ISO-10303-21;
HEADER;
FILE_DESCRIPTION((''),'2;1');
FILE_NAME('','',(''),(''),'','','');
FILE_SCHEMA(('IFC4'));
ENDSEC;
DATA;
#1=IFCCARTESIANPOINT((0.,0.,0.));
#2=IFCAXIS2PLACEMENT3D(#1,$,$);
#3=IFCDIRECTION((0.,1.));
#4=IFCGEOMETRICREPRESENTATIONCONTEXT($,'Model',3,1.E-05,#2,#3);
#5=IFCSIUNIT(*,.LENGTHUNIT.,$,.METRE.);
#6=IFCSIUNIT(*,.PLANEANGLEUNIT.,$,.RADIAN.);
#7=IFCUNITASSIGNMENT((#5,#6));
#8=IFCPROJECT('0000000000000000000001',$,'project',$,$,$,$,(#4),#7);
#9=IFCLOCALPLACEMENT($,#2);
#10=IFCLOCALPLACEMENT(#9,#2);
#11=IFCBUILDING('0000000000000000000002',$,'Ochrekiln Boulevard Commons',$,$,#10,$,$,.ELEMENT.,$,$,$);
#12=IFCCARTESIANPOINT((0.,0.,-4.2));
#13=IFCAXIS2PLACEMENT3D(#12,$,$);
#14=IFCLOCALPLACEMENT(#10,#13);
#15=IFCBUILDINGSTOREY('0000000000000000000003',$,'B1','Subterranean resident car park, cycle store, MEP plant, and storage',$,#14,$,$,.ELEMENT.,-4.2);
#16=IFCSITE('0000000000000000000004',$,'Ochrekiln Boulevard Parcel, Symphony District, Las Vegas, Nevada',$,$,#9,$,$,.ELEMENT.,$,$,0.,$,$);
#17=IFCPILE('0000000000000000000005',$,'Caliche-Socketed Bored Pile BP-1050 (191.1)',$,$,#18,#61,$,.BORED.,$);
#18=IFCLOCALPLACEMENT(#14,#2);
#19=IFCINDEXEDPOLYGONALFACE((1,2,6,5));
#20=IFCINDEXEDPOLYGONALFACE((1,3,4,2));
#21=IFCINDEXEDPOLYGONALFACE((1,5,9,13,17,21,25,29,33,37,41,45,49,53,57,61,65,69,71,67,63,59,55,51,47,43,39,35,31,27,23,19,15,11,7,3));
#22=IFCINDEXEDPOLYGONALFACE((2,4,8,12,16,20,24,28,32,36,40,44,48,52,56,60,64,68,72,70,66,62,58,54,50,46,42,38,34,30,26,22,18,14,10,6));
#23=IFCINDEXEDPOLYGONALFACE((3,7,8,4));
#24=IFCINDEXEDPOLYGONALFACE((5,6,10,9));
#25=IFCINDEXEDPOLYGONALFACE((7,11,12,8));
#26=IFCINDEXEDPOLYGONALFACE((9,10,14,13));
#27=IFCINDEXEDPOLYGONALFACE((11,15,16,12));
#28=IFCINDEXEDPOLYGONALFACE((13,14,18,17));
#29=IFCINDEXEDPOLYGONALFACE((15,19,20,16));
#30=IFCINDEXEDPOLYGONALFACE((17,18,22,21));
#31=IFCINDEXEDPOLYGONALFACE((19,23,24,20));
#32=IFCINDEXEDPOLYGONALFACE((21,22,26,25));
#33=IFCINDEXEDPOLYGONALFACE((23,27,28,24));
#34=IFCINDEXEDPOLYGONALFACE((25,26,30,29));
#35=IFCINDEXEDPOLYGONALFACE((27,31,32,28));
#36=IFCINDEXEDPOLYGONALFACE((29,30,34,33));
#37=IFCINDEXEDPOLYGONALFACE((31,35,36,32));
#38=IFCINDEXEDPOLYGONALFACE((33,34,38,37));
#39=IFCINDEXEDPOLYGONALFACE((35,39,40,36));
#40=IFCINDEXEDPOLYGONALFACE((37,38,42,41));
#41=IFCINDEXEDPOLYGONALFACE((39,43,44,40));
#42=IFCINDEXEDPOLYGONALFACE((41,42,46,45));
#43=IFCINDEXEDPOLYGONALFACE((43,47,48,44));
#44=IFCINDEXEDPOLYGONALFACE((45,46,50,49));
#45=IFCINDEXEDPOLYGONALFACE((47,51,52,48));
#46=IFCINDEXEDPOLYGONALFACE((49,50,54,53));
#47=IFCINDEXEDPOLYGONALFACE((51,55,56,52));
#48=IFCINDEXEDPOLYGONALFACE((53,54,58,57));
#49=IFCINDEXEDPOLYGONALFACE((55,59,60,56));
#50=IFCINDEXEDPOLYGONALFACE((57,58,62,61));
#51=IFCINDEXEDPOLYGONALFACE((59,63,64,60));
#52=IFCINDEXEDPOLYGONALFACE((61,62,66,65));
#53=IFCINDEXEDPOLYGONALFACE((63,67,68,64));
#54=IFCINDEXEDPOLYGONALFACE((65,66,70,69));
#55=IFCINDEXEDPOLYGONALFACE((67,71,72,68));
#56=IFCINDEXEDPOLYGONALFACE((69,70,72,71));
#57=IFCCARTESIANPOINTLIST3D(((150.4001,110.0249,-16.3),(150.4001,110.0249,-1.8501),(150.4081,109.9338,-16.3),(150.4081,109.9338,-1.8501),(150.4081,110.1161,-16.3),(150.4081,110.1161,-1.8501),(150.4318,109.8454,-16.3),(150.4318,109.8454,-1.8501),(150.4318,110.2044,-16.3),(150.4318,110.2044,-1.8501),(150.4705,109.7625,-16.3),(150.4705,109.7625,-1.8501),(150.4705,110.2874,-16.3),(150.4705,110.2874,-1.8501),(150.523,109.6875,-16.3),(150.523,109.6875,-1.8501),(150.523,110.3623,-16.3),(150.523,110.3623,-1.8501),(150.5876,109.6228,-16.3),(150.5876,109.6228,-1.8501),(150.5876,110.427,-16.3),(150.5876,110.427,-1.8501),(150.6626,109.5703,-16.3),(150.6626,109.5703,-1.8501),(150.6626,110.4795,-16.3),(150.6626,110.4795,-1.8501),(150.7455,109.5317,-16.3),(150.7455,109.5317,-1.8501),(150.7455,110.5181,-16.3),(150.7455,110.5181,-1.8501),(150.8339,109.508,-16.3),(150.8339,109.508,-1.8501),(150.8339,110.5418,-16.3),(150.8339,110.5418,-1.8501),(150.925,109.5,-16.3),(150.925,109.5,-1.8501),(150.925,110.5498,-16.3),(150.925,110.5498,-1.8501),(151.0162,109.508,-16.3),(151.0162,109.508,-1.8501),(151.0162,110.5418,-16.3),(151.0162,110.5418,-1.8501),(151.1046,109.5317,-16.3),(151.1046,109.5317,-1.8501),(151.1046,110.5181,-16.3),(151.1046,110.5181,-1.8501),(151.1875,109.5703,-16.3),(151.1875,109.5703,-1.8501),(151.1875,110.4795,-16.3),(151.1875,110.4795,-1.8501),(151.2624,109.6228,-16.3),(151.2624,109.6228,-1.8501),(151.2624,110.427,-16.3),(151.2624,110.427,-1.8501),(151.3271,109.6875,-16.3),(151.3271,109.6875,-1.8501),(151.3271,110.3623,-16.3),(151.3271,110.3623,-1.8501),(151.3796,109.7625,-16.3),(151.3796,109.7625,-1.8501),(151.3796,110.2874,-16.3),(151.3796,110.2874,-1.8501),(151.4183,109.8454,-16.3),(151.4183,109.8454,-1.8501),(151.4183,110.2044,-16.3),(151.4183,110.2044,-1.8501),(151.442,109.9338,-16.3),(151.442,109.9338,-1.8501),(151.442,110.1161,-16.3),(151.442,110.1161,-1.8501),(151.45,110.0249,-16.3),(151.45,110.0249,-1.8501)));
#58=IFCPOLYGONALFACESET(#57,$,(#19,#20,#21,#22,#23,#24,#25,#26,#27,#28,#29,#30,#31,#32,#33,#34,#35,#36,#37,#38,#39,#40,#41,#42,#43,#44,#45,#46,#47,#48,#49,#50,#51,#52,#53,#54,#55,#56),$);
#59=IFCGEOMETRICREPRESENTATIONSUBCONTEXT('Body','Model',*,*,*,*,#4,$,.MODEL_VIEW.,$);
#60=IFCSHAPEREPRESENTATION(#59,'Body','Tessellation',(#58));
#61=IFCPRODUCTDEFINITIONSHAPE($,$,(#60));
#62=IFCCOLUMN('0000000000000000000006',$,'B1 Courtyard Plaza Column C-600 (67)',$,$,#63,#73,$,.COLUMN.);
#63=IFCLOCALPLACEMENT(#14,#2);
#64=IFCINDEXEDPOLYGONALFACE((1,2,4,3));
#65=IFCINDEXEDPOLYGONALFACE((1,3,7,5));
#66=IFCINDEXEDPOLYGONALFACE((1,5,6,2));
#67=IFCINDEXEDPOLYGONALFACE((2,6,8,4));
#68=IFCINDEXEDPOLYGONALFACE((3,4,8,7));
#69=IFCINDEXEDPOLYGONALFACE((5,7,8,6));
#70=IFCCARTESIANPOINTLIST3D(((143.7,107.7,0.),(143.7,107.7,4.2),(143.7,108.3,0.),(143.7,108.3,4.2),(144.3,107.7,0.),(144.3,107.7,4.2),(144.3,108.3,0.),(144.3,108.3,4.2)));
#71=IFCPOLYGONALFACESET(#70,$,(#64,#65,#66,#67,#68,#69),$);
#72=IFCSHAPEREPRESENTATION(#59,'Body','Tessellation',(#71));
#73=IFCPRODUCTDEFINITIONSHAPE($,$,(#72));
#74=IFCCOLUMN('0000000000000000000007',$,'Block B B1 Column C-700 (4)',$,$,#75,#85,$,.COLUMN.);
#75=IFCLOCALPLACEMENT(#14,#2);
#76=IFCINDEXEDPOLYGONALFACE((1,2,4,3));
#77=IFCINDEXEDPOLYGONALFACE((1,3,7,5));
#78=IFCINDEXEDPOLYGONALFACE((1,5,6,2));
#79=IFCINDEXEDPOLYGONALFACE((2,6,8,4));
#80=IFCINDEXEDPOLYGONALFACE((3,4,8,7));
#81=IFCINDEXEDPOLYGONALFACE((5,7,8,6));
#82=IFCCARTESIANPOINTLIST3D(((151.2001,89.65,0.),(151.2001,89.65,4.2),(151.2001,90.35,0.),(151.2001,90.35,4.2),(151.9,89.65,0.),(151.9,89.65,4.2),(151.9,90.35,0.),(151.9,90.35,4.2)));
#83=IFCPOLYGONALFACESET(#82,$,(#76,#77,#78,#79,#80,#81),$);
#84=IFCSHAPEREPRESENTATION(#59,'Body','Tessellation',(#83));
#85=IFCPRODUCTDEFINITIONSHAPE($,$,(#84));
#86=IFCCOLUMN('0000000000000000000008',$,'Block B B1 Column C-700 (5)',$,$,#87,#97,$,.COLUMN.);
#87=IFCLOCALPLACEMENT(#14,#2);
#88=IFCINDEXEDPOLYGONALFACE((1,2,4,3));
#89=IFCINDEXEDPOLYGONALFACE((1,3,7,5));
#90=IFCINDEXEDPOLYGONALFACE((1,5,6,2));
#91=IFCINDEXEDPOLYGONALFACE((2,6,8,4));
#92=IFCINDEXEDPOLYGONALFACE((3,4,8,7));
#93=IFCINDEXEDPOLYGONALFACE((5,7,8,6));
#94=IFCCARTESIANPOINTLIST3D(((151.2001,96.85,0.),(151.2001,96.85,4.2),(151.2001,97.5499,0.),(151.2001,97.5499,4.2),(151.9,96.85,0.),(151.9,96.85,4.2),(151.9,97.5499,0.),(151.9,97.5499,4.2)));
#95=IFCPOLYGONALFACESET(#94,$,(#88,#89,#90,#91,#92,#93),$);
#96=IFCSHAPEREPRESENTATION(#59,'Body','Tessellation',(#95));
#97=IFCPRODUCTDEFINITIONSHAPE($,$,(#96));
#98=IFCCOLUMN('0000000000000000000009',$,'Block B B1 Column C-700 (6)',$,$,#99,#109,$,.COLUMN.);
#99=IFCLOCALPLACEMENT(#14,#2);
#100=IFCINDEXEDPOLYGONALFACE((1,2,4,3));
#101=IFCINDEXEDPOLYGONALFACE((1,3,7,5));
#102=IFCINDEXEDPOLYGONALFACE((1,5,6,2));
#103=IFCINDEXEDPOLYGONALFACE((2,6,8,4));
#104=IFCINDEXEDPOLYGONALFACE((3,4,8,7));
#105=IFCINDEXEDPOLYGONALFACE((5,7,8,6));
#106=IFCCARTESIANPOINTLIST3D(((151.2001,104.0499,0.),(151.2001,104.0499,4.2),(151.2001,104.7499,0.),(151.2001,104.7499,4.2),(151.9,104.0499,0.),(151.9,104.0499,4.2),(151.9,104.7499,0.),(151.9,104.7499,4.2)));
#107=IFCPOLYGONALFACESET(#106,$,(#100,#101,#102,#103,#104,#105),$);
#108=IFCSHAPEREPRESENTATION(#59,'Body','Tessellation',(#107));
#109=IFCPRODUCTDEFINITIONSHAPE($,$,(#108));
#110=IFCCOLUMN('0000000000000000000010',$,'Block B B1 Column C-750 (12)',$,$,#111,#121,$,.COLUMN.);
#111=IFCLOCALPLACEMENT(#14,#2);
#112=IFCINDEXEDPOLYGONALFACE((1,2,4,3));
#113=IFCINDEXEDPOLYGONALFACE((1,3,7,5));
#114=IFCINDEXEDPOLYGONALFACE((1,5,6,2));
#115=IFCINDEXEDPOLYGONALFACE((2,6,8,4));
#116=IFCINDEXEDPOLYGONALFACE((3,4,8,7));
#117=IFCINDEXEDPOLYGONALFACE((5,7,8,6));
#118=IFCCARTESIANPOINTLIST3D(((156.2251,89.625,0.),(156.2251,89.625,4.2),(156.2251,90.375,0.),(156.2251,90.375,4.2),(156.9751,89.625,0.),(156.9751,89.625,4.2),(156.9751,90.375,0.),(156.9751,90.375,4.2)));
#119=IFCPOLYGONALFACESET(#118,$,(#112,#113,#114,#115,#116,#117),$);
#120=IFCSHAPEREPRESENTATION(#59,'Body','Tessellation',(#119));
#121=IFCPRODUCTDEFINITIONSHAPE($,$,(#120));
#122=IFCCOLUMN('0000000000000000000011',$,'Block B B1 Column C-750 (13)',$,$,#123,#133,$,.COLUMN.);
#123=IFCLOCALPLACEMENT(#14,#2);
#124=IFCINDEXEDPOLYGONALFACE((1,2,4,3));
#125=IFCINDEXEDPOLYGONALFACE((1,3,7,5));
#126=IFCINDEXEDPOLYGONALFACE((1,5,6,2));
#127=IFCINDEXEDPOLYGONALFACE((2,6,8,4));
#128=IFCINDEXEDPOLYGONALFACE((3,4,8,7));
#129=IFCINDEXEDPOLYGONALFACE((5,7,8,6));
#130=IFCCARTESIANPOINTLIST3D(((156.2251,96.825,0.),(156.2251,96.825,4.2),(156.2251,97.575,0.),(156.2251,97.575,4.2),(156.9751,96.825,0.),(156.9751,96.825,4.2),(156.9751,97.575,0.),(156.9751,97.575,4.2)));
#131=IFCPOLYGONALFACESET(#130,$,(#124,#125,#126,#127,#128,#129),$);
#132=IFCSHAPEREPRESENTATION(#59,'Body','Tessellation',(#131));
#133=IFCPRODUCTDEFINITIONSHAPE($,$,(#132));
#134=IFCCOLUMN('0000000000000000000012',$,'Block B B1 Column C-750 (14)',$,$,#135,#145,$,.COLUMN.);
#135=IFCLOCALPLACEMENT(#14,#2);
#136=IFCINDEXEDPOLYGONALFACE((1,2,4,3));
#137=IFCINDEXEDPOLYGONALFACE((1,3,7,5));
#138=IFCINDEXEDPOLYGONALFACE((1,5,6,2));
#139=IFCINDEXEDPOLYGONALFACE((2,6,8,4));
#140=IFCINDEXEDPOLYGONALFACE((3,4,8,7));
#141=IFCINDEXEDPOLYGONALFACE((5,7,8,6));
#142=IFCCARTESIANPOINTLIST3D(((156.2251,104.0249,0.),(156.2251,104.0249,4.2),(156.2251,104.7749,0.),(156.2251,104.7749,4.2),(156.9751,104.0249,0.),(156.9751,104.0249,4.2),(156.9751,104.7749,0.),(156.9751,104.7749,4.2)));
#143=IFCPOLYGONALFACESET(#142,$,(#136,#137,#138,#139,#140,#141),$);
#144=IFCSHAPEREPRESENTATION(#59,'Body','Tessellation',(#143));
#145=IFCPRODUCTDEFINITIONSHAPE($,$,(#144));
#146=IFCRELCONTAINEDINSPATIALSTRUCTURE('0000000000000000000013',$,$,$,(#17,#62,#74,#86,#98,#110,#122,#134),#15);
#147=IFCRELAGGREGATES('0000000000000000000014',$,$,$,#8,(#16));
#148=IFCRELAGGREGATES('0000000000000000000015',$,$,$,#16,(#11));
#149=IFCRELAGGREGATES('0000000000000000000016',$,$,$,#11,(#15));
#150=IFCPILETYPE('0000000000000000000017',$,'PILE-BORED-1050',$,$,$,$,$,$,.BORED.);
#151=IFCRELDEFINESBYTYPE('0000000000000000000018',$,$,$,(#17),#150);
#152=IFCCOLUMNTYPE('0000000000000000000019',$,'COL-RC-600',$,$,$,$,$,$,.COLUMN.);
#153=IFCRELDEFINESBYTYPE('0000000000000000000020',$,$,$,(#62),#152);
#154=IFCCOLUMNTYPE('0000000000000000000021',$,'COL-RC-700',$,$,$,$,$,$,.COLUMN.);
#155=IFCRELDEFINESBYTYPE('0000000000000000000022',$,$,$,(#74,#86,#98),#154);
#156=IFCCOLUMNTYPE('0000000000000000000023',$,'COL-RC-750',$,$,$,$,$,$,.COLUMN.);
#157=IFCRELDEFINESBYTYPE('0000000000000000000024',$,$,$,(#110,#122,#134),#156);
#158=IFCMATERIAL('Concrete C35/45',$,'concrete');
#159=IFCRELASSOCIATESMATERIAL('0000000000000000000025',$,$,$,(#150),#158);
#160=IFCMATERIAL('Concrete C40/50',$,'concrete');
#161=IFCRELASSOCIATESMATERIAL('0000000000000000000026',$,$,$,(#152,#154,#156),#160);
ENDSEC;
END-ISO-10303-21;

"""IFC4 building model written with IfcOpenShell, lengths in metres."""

from ifc_helpers import new_model, si_unit, direction, frame, origin, origin_2d, place, context, subcontext, project, spatial, rectangle, circle, extrude, material, material_profile, profile_set, type_object, element, save


model = new_model("IFC4")

# Units and contexts
model_context = context("Model", 3, precision=1e-05, world=origin(), true_north=direction((0.0, 1.0)))
body_context = subcontext(model_context, "Body", "Model", "MODEL_VIEW")
ifc_project = project(units=[si_unit("LENGTHUNIT", "METRE"), si_unit("PLANEANGLEUNIT", "RADIAN")], contexts=[model_context])

# Site, building, storey
site_placement = place(None, origin())
site = spatial("IfcSite", under=ifc_project, at=site_placement, Name="Ochrekiln Boulevard Parcel, Symphony District, Las Vegas, Nevada", CompositionType="ELEMENT", RefElevation=0.0)
building_placement = place(site_placement, origin())
building = spatial("IfcBuilding", under=site, at=building_placement, Name="Ochrekiln Boulevard Commons", CompositionType="ELEMENT")
storey_placement = place(building_placement, frame((0.0, 0.0, -4.2)))
storey = spatial("IfcBuildingStorey", under=building, at=storey_placement, Name="B1", Description="Subterranean resident car park, cycle store, MEP plant, and storage", CompositionType="ELEMENT", Elevation=-4.2)

# Shared definitions
ifc_material_1 = material(Name="Concrete C35/45", Category="concrete")

# Pile
ifc_material_profile_1 = material_profile(ifc_material_1, circle(Radius=0.5249, at=origin_2d()), Name="PILE-D1050")
ifc_profile_set_1 = profile_set([ifc_material_profile_1], Name="Concrete C35/45")
pile_type = type_object("IfcPileType", Name="PILE-BORED-1050", PredefinedType="BORED", material=ifc_profile_set_1)
pile_placement = place(storey_placement, frame((150.925, 110.0249, -1.8501), z_axis=(0.0, 0.0, -1.0), x_axis=(1.0, 0.0, 0.0)))
element("IfcPile", 1, at=pile_placement, inside=storey, type_object=pile_type, Name="Caliche-Socketed Bored Pile BP-1050 (191.1)", PredefinedType="BORED", context=body_context, shape_type="SweptSolid", body=[
    extrude(circle(Radius=0.5249, at=origin_2d()), origin(), (0.0, 0.0, 1.0), 14.45),
])

# Columns
ifc_material_2 = material(Name="Concrete C40/50", Category="concrete")
ifc_material_profile_2 = material_profile(ifc_material_2, rectangle(XDim=0.6001, YDim=0.6001, at=origin_2d()), Name="RC-COL-600x600")
ifc_profile_set_2 = profile_set([ifc_material_profile_2], Name="Concrete C40/50")
column_type_1 = type_object("IfcColumnType", Name="COL-RC-600", PredefinedType="COLUMN", material=ifc_profile_set_2)
column_placement = place(storey_placement, frame((144.0, 108.0, 0.0), z_axis=(0.0, 0.0, 1.0), x_axis=(1.0, 0.0, 0.0)))
element("IfcColumn", 2, at=column_placement, inside=storey, type_object=column_type_1, Name="B1 Courtyard Plaza Column C-600 (67)", PredefinedType="COLUMN", context=body_context, shape_type="SweptSolid", body=[
    extrude(rectangle(XDim=0.6001, YDim=0.6001, at=origin_2d()), origin(), (0.0, 0.0, 1.0), 4.2),
])
ifc_material_profile_3 = material_profile(ifc_material_2, rectangle(XDim=0.7, YDim=0.7, at=origin_2d()), Name="RC-COL-700x700")
ifc_profile_set_3 = profile_set([ifc_material_profile_3], Name="Concrete C40/50")
column_type_2 = type_object("IfcColumnType", Name="COL-RC-700", PredefinedType="COLUMN", material=ifc_profile_set_3)
for number, where, z_axis, x_axis, name in (
    (3, (151.55, 90.0, 0.0), (0.0, 0.0, 1.0), (1.0, 0.0, 0.0), "Block B B1 Column C-700 (4)"),
    (4, (151.55, 97.2, 0.0), (0.0, 0.0, 1.0), (1.0, 0.0, 0.0), "Block B B1 Column C-700 (5)"),
    (5, (151.55, 104.3999, 0.0), (0.0, 0.0, 1.0), (1.0, 0.0, 0.0), "Block B B1 Column C-700 (6)"),
):
    element("IfcColumn", number, at=place(storey_placement, frame(where, z_axis=z_axis, x_axis=x_axis)), inside=storey, type_object=column_type_2, Name=name, PredefinedType="COLUMN", context=body_context, shape_type="SweptSolid", body=[
        extrude(rectangle(XDim=0.7, YDim=0.7, at=origin_2d()), origin(), (0.0, 0.0, 1.0), 4.2),
    ])
ifc_material_profile_4 = material_profile(ifc_material_2, rectangle(XDim=0.75, YDim=0.75, at=origin_2d()), Name="RC-COL-750x750")
ifc_profile_set_4 = profile_set([ifc_material_profile_4], Name="Concrete C40/50")
column_type_3 = type_object("IfcColumnType", Name="COL-RC-750", PredefinedType="COLUMN", material=ifc_profile_set_4)
for number, where, z_axis, x_axis, name in (
    (6, (156.6001, 90.0, 0.0), (0.0, 0.0, 1.0), (1.0, 0.0, 0.0), "Block B B1 Column C-750 (12)"),
    (7, (156.6001, 97.2, 0.0), (0.0, 0.0, 1.0), (1.0, 0.0, 0.0), "Block B B1 Column C-750 (13)"),
    (8, (156.6001, 104.3999, 0.0), (0.0, 0.0, 1.0), (1.0, 0.0, 0.0), "Block B B1 Column C-750 (14)"),
):
    element("IfcColumn", number, at=place(storey_placement, frame(where, z_axis=z_axis, x_axis=x_axis)), inside=storey, type_object=column_type_3, Name=name, PredefinedType="COLUMN", context=body_context, shape_type="SweptSolid", body=[
        extrude(rectangle(XDim=0.75, YDim=0.75, at=origin_2d()), origin(), (0.0, 0.0, 1.0), 4.2),
    ])

save(model, "model.ifc")
